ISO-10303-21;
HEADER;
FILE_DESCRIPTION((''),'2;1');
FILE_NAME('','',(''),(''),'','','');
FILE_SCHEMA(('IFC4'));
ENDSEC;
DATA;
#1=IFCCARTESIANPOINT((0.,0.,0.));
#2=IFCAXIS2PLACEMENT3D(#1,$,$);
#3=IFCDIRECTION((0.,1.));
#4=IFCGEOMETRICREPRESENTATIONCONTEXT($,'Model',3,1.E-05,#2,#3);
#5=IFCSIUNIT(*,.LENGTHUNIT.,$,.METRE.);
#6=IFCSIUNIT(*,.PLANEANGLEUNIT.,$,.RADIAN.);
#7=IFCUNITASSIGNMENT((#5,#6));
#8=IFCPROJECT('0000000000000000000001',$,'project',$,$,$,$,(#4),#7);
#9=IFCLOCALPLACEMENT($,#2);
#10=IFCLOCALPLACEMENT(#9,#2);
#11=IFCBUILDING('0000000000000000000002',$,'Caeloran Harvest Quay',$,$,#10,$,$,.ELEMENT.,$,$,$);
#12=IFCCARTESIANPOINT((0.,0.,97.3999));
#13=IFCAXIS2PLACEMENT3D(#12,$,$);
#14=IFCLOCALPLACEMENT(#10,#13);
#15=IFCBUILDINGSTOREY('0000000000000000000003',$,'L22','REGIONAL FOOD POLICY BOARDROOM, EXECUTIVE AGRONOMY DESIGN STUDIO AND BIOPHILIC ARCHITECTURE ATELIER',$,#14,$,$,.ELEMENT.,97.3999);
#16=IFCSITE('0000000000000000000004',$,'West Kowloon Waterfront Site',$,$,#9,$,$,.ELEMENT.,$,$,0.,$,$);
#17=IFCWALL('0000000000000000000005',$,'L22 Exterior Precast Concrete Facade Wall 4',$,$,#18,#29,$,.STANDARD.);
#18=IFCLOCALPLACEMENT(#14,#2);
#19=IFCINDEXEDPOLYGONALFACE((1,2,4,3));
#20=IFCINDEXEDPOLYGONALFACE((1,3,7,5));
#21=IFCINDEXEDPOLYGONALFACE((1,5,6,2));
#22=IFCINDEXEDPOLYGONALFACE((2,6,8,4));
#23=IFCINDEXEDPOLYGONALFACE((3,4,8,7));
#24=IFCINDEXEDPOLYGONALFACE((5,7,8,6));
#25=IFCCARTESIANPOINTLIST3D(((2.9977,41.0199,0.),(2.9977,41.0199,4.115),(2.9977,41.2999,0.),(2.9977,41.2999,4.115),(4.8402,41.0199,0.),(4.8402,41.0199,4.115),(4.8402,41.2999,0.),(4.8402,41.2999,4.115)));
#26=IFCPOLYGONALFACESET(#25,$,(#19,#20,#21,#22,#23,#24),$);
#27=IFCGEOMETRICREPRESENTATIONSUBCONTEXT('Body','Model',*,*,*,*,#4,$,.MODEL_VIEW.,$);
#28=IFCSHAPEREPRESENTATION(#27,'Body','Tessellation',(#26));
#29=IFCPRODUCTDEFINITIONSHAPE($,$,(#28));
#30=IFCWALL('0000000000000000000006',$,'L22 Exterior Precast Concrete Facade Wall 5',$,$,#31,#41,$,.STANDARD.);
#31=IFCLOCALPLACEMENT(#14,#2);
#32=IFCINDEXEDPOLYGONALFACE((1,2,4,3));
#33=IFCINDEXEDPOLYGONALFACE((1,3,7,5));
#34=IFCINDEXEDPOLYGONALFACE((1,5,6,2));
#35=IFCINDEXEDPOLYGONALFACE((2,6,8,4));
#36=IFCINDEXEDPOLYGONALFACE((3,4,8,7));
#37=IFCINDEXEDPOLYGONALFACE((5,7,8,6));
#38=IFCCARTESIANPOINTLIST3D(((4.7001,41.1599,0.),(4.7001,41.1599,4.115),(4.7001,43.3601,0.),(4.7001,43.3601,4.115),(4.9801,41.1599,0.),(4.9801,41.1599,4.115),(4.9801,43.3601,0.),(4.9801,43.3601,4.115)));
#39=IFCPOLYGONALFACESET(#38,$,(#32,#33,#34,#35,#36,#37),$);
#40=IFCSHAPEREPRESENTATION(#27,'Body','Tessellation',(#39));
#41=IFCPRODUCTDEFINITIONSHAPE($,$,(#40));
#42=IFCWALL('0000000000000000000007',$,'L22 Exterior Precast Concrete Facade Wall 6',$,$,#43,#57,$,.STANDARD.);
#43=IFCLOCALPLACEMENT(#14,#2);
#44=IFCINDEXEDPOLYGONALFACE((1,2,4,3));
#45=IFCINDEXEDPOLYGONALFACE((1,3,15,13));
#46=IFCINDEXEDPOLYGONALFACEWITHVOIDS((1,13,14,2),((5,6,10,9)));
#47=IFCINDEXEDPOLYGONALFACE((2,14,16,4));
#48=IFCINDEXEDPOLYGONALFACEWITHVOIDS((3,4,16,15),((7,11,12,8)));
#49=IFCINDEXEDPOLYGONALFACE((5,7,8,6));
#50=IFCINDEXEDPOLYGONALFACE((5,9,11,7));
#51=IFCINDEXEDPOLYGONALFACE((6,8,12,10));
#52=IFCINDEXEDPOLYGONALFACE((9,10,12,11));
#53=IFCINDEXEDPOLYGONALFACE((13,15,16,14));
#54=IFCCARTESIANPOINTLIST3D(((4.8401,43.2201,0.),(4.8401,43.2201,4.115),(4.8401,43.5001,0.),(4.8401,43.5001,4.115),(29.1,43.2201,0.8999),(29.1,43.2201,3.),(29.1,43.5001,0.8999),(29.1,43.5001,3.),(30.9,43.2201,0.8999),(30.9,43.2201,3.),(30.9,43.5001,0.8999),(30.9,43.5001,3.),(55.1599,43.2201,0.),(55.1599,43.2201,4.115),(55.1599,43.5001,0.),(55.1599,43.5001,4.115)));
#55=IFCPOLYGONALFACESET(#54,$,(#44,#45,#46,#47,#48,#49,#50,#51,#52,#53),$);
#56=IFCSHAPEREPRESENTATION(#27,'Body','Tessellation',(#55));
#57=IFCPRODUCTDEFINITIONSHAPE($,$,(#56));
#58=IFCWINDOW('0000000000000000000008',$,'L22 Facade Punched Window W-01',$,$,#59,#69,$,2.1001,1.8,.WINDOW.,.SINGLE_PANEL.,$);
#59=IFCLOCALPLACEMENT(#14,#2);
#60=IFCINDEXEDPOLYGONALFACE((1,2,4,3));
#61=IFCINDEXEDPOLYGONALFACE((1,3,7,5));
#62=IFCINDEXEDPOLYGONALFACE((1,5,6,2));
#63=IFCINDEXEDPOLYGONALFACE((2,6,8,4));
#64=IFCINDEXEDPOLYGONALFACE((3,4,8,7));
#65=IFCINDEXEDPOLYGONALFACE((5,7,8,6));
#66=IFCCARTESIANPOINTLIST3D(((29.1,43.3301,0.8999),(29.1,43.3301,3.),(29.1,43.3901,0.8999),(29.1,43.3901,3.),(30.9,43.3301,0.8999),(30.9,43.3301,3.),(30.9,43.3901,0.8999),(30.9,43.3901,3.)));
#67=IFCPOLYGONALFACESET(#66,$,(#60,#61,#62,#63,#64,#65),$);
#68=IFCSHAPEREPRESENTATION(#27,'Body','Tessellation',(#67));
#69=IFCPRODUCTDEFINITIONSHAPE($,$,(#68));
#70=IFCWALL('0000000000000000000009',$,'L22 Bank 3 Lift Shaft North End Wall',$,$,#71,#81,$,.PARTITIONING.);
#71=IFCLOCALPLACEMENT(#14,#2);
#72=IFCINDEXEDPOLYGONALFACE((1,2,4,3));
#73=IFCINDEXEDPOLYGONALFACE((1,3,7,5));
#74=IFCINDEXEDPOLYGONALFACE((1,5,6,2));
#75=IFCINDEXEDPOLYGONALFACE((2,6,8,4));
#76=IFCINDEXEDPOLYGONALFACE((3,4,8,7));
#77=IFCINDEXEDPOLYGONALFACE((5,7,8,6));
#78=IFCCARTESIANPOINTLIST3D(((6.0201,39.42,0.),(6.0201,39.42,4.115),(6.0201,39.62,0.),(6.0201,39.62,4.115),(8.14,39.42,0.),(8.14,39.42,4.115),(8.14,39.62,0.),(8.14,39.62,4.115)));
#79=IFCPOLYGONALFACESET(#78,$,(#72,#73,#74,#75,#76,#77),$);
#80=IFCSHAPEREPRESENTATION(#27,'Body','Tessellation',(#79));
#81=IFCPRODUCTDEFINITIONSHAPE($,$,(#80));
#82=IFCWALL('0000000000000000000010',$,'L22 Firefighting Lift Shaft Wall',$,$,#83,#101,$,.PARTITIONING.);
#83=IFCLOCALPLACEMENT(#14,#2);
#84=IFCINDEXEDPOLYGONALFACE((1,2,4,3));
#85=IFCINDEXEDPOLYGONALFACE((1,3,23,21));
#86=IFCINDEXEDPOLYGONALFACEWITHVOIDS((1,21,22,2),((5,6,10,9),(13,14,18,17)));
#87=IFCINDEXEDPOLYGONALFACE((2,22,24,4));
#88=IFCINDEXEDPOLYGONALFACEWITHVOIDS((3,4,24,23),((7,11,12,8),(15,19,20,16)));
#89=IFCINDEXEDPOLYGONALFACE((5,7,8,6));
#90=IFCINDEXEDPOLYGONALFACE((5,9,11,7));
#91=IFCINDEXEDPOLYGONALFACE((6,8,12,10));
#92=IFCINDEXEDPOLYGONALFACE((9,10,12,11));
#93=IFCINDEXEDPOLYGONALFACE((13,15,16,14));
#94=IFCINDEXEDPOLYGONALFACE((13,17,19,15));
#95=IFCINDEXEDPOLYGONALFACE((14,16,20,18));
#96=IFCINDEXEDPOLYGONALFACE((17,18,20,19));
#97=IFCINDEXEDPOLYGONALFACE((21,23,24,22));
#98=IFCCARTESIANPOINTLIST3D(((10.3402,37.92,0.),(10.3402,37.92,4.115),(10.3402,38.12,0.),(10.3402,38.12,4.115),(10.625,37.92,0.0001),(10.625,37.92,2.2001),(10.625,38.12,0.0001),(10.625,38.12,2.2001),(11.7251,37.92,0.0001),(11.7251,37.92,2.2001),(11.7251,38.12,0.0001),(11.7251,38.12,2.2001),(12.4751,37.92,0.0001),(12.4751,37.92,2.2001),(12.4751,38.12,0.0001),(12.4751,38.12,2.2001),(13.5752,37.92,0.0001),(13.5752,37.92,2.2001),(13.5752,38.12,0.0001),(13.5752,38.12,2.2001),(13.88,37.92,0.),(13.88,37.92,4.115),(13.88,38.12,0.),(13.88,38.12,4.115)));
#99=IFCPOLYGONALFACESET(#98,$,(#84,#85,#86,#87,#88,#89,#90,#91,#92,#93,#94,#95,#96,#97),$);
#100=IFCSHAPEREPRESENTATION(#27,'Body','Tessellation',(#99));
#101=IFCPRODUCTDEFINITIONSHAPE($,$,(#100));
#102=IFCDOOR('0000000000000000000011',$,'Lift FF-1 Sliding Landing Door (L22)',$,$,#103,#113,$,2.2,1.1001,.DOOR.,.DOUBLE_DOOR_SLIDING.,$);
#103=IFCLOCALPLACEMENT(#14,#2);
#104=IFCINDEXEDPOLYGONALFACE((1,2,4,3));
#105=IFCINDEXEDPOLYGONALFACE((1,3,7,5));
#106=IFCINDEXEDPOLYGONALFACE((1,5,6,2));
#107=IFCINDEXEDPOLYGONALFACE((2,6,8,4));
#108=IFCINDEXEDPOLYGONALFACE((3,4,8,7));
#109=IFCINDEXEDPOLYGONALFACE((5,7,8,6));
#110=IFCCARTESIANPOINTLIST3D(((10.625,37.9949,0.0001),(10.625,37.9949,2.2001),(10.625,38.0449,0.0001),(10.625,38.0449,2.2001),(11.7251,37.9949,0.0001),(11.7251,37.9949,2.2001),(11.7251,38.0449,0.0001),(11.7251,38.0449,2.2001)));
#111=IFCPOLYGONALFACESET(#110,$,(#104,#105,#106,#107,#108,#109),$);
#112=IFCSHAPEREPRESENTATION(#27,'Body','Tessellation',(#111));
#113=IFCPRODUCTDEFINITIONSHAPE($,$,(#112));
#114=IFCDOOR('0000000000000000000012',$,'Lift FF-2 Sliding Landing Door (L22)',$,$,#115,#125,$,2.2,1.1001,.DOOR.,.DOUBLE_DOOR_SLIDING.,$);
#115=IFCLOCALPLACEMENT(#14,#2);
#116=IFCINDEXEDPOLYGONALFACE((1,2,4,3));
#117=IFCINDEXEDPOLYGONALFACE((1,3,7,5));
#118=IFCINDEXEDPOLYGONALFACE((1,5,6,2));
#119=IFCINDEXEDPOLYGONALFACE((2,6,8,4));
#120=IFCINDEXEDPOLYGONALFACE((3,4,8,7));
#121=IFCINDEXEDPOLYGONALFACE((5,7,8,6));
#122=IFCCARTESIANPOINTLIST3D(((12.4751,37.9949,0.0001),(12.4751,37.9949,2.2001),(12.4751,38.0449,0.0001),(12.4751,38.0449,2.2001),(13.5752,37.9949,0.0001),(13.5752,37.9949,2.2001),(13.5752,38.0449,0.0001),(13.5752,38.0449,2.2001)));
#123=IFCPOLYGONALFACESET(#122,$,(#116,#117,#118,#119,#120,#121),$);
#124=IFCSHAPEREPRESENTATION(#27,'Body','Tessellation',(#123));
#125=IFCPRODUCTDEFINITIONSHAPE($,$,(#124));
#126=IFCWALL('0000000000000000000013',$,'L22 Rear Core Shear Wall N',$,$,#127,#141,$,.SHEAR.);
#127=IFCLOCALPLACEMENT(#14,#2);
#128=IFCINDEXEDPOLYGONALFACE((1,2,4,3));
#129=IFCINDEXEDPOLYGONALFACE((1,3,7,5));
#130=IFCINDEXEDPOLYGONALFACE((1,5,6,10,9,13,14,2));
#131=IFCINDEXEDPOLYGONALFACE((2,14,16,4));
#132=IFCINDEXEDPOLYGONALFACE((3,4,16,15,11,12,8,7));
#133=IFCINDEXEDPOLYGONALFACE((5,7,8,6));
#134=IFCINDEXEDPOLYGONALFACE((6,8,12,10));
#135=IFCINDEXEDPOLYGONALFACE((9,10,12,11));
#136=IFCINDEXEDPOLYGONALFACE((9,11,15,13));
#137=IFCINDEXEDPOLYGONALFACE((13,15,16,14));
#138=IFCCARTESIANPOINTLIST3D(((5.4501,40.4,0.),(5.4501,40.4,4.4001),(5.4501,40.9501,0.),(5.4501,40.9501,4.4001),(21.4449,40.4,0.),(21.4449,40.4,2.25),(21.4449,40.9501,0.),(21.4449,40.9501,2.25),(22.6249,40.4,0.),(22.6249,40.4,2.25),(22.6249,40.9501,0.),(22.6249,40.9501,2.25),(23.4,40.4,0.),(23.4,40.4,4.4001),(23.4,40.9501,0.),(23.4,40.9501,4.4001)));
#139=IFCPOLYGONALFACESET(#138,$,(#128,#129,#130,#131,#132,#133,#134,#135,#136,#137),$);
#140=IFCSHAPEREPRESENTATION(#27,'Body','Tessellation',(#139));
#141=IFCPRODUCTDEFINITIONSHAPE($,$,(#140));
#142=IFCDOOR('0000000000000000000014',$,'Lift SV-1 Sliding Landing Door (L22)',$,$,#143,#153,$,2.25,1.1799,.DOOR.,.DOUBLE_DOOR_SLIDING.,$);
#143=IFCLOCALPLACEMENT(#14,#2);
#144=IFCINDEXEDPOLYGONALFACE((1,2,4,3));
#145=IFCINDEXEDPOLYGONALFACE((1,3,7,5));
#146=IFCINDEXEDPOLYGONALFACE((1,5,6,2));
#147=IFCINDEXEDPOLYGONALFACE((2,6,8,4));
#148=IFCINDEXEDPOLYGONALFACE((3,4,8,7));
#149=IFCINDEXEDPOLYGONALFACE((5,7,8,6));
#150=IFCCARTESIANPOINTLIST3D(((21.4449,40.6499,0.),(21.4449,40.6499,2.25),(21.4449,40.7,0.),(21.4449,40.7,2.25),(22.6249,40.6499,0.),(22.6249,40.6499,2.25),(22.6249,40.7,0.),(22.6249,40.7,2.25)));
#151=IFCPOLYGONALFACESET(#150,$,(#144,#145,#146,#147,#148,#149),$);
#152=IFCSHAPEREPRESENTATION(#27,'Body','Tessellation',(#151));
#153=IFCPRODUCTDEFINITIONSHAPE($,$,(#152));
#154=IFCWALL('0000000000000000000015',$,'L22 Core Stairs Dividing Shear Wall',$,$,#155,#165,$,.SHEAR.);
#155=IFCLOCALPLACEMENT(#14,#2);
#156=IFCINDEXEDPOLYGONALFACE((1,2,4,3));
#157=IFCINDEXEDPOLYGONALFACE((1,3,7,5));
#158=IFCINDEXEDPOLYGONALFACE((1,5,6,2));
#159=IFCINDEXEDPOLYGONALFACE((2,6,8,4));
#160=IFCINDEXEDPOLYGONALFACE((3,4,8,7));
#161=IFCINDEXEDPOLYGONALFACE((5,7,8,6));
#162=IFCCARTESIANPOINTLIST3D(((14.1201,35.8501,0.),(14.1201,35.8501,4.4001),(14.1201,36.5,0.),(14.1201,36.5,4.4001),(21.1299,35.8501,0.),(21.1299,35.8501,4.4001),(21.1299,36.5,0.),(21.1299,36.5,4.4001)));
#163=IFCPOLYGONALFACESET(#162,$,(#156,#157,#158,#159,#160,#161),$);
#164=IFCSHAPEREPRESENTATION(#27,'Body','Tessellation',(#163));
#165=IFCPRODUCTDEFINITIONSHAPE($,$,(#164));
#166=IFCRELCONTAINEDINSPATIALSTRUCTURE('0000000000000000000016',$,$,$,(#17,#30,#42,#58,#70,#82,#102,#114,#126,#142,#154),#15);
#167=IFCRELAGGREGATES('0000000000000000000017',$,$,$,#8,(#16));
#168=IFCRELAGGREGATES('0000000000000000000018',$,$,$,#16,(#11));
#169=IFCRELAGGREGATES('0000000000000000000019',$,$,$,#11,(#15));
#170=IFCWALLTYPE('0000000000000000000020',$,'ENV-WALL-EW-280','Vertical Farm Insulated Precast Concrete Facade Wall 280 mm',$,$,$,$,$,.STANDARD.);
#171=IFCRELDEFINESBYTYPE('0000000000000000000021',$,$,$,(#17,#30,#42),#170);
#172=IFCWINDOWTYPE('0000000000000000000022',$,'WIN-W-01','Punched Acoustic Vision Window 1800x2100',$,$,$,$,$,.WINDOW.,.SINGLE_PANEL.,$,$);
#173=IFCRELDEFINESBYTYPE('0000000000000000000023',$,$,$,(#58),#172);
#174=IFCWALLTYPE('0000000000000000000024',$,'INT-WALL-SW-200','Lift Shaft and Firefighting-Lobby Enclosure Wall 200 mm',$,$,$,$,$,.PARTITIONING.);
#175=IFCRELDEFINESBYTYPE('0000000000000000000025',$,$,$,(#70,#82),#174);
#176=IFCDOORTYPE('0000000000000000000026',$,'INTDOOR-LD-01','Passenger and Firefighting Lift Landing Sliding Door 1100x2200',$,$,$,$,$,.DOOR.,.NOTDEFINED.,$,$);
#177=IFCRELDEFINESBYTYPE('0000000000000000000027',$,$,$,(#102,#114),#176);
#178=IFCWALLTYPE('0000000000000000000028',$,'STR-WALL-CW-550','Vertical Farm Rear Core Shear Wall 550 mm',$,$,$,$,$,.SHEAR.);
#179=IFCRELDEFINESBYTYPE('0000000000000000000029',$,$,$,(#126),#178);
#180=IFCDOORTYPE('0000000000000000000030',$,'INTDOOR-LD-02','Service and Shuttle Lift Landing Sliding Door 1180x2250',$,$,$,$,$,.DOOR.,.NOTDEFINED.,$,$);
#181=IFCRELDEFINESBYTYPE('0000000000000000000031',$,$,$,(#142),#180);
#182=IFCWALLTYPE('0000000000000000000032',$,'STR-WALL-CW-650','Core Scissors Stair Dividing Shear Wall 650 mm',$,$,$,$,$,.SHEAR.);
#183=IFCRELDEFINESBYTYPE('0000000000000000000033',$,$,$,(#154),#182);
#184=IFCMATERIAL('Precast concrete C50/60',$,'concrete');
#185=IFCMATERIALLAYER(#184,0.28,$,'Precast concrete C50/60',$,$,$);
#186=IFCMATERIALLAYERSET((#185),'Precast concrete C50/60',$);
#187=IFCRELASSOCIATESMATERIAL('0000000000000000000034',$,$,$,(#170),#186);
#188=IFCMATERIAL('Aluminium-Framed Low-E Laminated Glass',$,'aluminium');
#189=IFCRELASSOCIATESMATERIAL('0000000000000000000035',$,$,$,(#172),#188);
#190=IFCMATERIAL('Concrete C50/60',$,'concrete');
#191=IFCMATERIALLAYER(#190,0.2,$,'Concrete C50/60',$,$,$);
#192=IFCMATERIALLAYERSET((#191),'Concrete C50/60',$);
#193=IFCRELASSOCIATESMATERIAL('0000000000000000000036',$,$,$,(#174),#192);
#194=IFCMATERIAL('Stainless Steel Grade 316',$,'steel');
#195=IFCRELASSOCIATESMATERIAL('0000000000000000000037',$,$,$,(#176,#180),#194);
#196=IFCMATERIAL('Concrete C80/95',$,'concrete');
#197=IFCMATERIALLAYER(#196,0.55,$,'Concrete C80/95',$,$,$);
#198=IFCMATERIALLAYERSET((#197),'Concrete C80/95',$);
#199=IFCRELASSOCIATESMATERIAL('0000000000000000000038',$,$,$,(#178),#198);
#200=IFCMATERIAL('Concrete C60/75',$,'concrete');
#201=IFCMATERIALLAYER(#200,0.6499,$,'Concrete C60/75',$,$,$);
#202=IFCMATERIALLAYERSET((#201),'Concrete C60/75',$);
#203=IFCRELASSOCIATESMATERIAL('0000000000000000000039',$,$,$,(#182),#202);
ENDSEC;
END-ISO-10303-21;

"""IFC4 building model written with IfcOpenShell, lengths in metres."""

from ifc_helpers import new_model, si_unit, direction, frame, frame_2d, origin, place, context, subcontext, project, spatial, rectangle, extrude, material, layer, layer_set, type_object, element, fill, save


model = new_model("IFC4")

# Units and contexts
model_context = context("Model", 3, precision=1e-05, world=origin(), true_north=direction((0.0, 1.0)))
body_context = subcontext(model_context, "Body", "Model", "MODEL_VIEW")
ifc_project = project(units=[si_unit("LENGTHUNIT", "METRE"), si_unit("PLANEANGLEUNIT", "RADIAN")], contexts=[model_context])

# Site, building, storey
site_placement = place(None, origin())
site = spatial("IfcSite", under=ifc_project, at=site_placement, Name="West Kowloon Waterfront Site", CompositionType="ELEMENT", RefElevation=0.0)
building_placement = place(site_placement, origin())
building = spatial("IfcBuilding", under=site, at=building_placement, Name="Caeloran Harvest Quay", CompositionType="ELEMENT")
storey_placement = place(building_placement, frame((0.0, 0.0, 97.3999)))
storey = spatial("IfcBuildingStorey", under=building, at=storey_placement, Name="L22", Description="REGIONAL FOOD POLICY BOARDROOM, EXECUTIVE AGRONOMY DESIGN STUDIO AND BIOPHILIC ARCHITECTURE ATELIER", CompositionType="ELEMENT", Elevation=97.3999)

# Walls
ifc_material_1 = material(Name="Precast concrete C50/60", Category="concrete")
ifc_layer_1 = layer(ifc_material_1, 0.28, Name="Precast concrete C50/60")
ifc_layer_set_1 = layer_set([ifc_layer_1], Name="Precast concrete C50/60")
wall_type_1 = type_object("IfcWallType", Name="ENV-WALL-EW-280", Description="Vertical Farm Insulated Precast Concrete Facade Wall 280 mm", PredefinedType="STANDARD", material=ifc_layer_set_1)
wall_1_placement = place(storey_placement, frame((2.9976, 41.1599, 0.0), z_axis=(0.0, 0.0, 1.0), x_axis=(1.0, 0.0, 0.0)))
element("IfcWall", 1, at=wall_1_placement, inside=storey, type_object=wall_type_1, Name="L22 Exterior Precast Concrete Facade Wall 4", PredefinedType="STANDARD", context=body_context, shape_type="SweptSolid", body=[
    extrude(rectangle(XDim=1.8425, YDim=0.28, at=frame_2d((0.9214, 0.0))), origin(), (0.0, 0.0, 1.0), 4.115),
])
wall_2_placement = place(storey_placement, frame((4.8401, 41.1599, 0.0), z_axis=(0.0, 0.0, 1.0), x_axis=(0.0, 1.0, 0.0)))
element("IfcWall", 2, at=wall_2_placement, inside=storey, type_object=wall_type_1, Name="L22 Exterior Precast Concrete Facade Wall 5", PredefinedType="STANDARD", context=body_context, shape_type="SweptSolid", body=[
    extrude(rectangle(XDim=2.2002, YDim=0.28, at=frame_2d((1.1001, 0.0))), origin(), (0.0, 0.0, 1.0), 4.115),
])

# Wall, opening, window
wall_3_placement = place(storey_placement, frame((4.8401, 43.3601, 0.0), z_axis=(0.0, 0.0, 1.0), x_axis=(1.0, 0.0, 0.0)))
wall_3 = element("IfcWall", 3, at=wall_3_placement, inside=storey, type_object=wall_type_1, Name="L22 Exterior Precast Concrete Facade Wall 6", PredefinedType="STANDARD", context=body_context, shape_type="SweptSolid", body=[
    extrude(rectangle(XDim=50.3198, YDim=0.28, at=frame_2d((25.1599, 0.0))), origin(), (0.0, 0.0, 1.0), 4.115),
])
opening_1_placement = place(wall_3_placement, frame((24.26, 0.0, 0.8999)))
opening_1 = element("IfcOpeningElement", 4, at=opening_1_placement, cuts=wall_3, PredefinedType="OPENING", context=body_context, shape_type="SweptSolid", body=[
    extrude(rectangle(XDim=1.8, YDim=2.1001, at=frame_2d((0.8999, 1.05))), frame((0.0, 0.1499, 0.0), z_axis=(0.0, -1.0, 0.0), x_axis=(1.0, 0.0, 0.0)), (0.0, 0.0, 1.0), 0.3),
])
ifc_material_2 = material(Name="Aluminium-Framed Low-E Laminated Glass", Category="aluminium")
window_type = type_object("IfcWindowType", Name="WIN-W-01", Description="Punched Acoustic Vision Window 1800x2100", PartitioningType="SINGLE_PANEL", PredefinedType="WINDOW", material=ifc_material_2)
window_placement = place(opening_1_placement, origin())
window = element("IfcWindow", 5, at=window_placement, inside=storey, type_object=window_type, Name="L22 Facade Punched Window W-01", OverallHeight=2.1001, OverallWidth=1.8, PartitioningType="SINGLE_PANEL", PredefinedType="WINDOW", context=body_context, shape_type="SweptSolid", body=[
    extrude(rectangle(XDim=1.8, YDim=2.1001, at=frame_2d((0.8999, 1.05))), frame((0.0, 0.03, 0.0), z_axis=(0.0, -1.0, 0.0), x_axis=(1.0, 0.0, 0.0)), (0.0, 0.0, 1.0), 0.0601),
])
fill(opening_1, window)

# Wall
ifc_material_3 = material(Name="Concrete C50/60", Category="concrete")
ifc_layer_2 = layer(ifc_material_3, 0.2, Name="Concrete C50/60")
ifc_layer_set_2 = layer_set([ifc_layer_2], Name="Concrete C50/60")
wall_type_2 = type_object("IfcWallType", Name="INT-WALL-SW-200", Description="Lift Shaft and Firefighting-Lobby Enclosure Wall 200 mm", PredefinedType="PARTITIONING", material=ifc_layer_set_2)
wall_4_placement = place(storey_placement, frame((6.02, 39.52, 0.0), z_axis=(0.0, 0.0, 1.0), x_axis=(1.0, 0.0, 0.0)))
element("IfcWall", 6, at=wall_4_placement, inside=storey, type_object=wall_type_2, Name="L22 Bank 3 Lift Shaft North End Wall", PredefinedType="PARTITIONING", context=body_context, shape_type="SweptSolid", body=[
    extrude(rectangle(XDim=2.1199, YDim=0.2, at=frame_2d((1.0601, 0.0))), origin(), (0.0, 0.0, 1.0), 4.115),
])

# Wall, openings, doors
wall_5_placement = place(storey_placement, frame((10.3401, 38.02, 0.0), z_axis=(0.0, 0.0, 1.0), x_axis=(1.0, 0.0, 0.0)))
wall_5 = element("IfcWall", 7, at=wall_5_placement, inside=storey, type_object=wall_type_2, Name="L22 Firefighting Lift Shaft Wall", PredefinedType="PARTITIONING", context=body_context, shape_type="SweptSolid", body=[
    extrude(rectangle(XDim=3.5398, YDim=0.2, at=frame_2d((1.77, 0.0))), origin(), (0.0, 0.0, 1.0), 4.115),
])
opening_2_placement = place(wall_5_placement, frame((0.2849, 0.0, 0.0)))
opening_2 = element("IfcOpeningElement", 8, at=opening_2_placement, cuts=wall_5, PredefinedType="OPENING", context=body_context, shape_type="SweptSolid", body=[
    extrude(rectangle(XDim=1.1001, YDim=2.2, at=frame_2d((0.55, 1.1001))), frame((0.0, 0.1099, 0.0), z_axis=(0.0, -1.0, 0.0), x_axis=(1.0, 0.0, 0.0)), (0.0, 0.0, 1.0), 0.22),
])
opening_3_placement = place(wall_5_placement, frame((2.135, 0.0, 0.0)))
opening_3 = element("IfcOpeningElement", 9, at=opening_3_placement, cuts=wall_5, PredefinedType="OPENING", context=body_context, shape_type="SweptSolid", body=[
    extrude(rectangle(XDim=1.1001, YDim=2.2, at=frame_2d((0.55, 1.1001))), frame((0.0, 0.1099, 0.0), z_axis=(0.0, -1.0, 0.0), x_axis=(1.0, 0.0, 0.0)), (0.0, 0.0, 1.0), 0.22),
])
ifc_material_4 = material(Name="Stainless Steel Grade 316", Category="steel")
door_type_1 = type_object("IfcDoorType", Name="INTDOOR-LD-01", Description="Passenger and Firefighting Lift Landing Sliding Door 1100x2200", OperationType="NOTDEFINED", PredefinedType="DOOR", material=ifc_material_4)
door_1_placement = place(opening_2_placement, origin())
door_1 = element("IfcDoor", 10, at=door_1_placement, inside=storey, type_object=door_type_1, Name="Lift FF-1 Sliding Landing Door (L22)", OperationType="DOUBLE_DOOR_SLIDING", OverallHeight=2.2, OverallWidth=1.1001, PredefinedType="DOOR", context=body_context, shape_type="SweptSolid", body=[
    extrude(rectangle(XDim=1.1001, YDim=2.2, at=frame_2d((0.55, 1.1001))), frame((0.0, 0.0249, 0.0), z_axis=(0.0, -1.0, 0.0), x_axis=(1.0, 0.0, 0.0)), (0.0, 0.0, 1.0), 0.05),
])
fill(opening_2, door_1)
door_2_placement = place(opening_3_placement, origin())
door_2 = element("IfcDoor", 11, at=door_2_placement, inside=storey, type_object=door_type_1, Name="Lift FF-2 Sliding Landing Door (L22)", OperationType="DOUBLE_DOOR_SLIDING", OverallHeight=2.2, OverallWidth=1.1001, PredefinedType="DOOR", context=body_context, shape_type="SweptSolid", body=[
    extrude(rectangle(XDim=1.1001, YDim=2.2, at=frame_2d((0.55, 1.1001))), frame((0.0, 0.0249, 0.0), z_axis=(0.0, -1.0, 0.0), x_axis=(1.0, 0.0, 0.0)), (0.0, 0.0, 1.0), 0.05),
])
fill(opening_3, door_2)

# Wall, opening, door
ifc_material_5 = material(Name="Concrete C80/95", Category="concrete")
ifc_layer_3 = layer(ifc_material_5, 0.55, Name="Concrete C80/95")
ifc_layer_set_3 = layer_set([ifc_layer_3], Name="Concrete C80/95")
wall_type_3 = type_object("IfcWallType", Name="STR-WALL-CW-550", Description="Vertical Farm Rear Core Shear Wall 550 mm", PredefinedType="SHEAR", material=ifc_layer_set_3)
wall_6_placement = place(storey_placement, frame((5.45, 40.675, 0.0), z_axis=(0.0, 0.0, 1.0), x_axis=(1.0, 0.0, 0.0)))
wall_6 = element("IfcWall", 12, at=wall_6_placement, inside=storey, type_object=wall_type_3, Name="L22 Rear Core Shear Wall N", PredefinedType="SHEAR", context=body_context, shape_type="SweptSolid", body=[
    extrude(rectangle(XDim=17.95, YDim=0.55, at=frame_2d((8.9751, 0.0))), origin(), (0.0, 0.0, 1.0), 4.4001),
])
opening_4_placement = place(wall_6_placement, frame((15.9951, 0.0, 0.0)))
opening_4 = element("IfcOpeningElement", 13, at=opening_4_placement, cuts=wall_6, PredefinedType="OPENING", context=body_context, shape_type="SweptSolid", body=[
    extrude(rectangle(XDim=1.1799, YDim=2.25, at=frame_2d((0.5898, 1.125))), frame((0.0, 0.2852, 0.0), z_axis=(0.0, -1.0, 0.0), x_axis=(1.0, 0.0, 0.0)), (0.0, 0.0, 1.0), 0.5701),
])
door_type_2 = type_object("IfcDoorType", Name="INTDOOR-LD-02", Description="Service and Shuttle Lift Landing Sliding Door 1180x2250", OperationType="NOTDEFINED", PredefinedType="DOOR", material=ifc_material_4)
door_3_placement = place(opening_4_placement, origin())
door_3 = element("IfcDoor", 14, at=door_3_placement, inside=storey, type_object=door_type_2, Name="Lift SV-1 Sliding Landing Door (L22)", OperationType="DOUBLE_DOOR_SLIDING", OverallHeight=2.25, OverallWidth=1.1799, PredefinedType="DOOR", context=body_context, shape_type="SweptSolid", body=[
    extrude(rectangle(XDim=1.1799, YDim=2.25, at=frame_2d((0.5898, 1.125))), frame((0.0, 0.0249, 0.0), z_axis=(0.0, -1.0, 0.0), x_axis=(1.0, 0.0, 0.0)), (0.0, 0.0, 1.0), 0.05),
])
fill(opening_4, door_3)

# Wall
ifc_material_6 = material(Name="Concrete C60/75", Category="concrete")
ifc_layer_4 = layer(ifc_material_6, 0.6499, Name="Concrete C60/75")
ifc_layer_set_4 = layer_set([ifc_layer_4], Name="Concrete C60/75")
wall_type_4 = type_object("IfcWallType", Name="STR-WALL-CW-650", Description="Core Scissors Stair Dividing Shear Wall 650 mm", PredefinedType="SHEAR", material=ifc_layer_set_4)
wall_7_placement = place(storey_placement, frame((14.1201, 36.175, 0.0), z_axis=(0.0, 0.0, 1.0), x_axis=(1.0, 0.0, 0.0)))
element("IfcWall", 15, at=wall_7_placement, inside=storey, type_object=wall_type_4, Name="L22 Core Stairs Dividing Shear Wall", PredefinedType="SHEAR", context=body_context, shape_type="SweptSolid", body=[
    extrude(rectangle(XDim=7.0098, YDim=0.6499, at=frame_2d((3.5049, 0.0))), origin(), (0.0, 0.0, 1.0), 4.4001),
])

save(model, "model.ifc")
